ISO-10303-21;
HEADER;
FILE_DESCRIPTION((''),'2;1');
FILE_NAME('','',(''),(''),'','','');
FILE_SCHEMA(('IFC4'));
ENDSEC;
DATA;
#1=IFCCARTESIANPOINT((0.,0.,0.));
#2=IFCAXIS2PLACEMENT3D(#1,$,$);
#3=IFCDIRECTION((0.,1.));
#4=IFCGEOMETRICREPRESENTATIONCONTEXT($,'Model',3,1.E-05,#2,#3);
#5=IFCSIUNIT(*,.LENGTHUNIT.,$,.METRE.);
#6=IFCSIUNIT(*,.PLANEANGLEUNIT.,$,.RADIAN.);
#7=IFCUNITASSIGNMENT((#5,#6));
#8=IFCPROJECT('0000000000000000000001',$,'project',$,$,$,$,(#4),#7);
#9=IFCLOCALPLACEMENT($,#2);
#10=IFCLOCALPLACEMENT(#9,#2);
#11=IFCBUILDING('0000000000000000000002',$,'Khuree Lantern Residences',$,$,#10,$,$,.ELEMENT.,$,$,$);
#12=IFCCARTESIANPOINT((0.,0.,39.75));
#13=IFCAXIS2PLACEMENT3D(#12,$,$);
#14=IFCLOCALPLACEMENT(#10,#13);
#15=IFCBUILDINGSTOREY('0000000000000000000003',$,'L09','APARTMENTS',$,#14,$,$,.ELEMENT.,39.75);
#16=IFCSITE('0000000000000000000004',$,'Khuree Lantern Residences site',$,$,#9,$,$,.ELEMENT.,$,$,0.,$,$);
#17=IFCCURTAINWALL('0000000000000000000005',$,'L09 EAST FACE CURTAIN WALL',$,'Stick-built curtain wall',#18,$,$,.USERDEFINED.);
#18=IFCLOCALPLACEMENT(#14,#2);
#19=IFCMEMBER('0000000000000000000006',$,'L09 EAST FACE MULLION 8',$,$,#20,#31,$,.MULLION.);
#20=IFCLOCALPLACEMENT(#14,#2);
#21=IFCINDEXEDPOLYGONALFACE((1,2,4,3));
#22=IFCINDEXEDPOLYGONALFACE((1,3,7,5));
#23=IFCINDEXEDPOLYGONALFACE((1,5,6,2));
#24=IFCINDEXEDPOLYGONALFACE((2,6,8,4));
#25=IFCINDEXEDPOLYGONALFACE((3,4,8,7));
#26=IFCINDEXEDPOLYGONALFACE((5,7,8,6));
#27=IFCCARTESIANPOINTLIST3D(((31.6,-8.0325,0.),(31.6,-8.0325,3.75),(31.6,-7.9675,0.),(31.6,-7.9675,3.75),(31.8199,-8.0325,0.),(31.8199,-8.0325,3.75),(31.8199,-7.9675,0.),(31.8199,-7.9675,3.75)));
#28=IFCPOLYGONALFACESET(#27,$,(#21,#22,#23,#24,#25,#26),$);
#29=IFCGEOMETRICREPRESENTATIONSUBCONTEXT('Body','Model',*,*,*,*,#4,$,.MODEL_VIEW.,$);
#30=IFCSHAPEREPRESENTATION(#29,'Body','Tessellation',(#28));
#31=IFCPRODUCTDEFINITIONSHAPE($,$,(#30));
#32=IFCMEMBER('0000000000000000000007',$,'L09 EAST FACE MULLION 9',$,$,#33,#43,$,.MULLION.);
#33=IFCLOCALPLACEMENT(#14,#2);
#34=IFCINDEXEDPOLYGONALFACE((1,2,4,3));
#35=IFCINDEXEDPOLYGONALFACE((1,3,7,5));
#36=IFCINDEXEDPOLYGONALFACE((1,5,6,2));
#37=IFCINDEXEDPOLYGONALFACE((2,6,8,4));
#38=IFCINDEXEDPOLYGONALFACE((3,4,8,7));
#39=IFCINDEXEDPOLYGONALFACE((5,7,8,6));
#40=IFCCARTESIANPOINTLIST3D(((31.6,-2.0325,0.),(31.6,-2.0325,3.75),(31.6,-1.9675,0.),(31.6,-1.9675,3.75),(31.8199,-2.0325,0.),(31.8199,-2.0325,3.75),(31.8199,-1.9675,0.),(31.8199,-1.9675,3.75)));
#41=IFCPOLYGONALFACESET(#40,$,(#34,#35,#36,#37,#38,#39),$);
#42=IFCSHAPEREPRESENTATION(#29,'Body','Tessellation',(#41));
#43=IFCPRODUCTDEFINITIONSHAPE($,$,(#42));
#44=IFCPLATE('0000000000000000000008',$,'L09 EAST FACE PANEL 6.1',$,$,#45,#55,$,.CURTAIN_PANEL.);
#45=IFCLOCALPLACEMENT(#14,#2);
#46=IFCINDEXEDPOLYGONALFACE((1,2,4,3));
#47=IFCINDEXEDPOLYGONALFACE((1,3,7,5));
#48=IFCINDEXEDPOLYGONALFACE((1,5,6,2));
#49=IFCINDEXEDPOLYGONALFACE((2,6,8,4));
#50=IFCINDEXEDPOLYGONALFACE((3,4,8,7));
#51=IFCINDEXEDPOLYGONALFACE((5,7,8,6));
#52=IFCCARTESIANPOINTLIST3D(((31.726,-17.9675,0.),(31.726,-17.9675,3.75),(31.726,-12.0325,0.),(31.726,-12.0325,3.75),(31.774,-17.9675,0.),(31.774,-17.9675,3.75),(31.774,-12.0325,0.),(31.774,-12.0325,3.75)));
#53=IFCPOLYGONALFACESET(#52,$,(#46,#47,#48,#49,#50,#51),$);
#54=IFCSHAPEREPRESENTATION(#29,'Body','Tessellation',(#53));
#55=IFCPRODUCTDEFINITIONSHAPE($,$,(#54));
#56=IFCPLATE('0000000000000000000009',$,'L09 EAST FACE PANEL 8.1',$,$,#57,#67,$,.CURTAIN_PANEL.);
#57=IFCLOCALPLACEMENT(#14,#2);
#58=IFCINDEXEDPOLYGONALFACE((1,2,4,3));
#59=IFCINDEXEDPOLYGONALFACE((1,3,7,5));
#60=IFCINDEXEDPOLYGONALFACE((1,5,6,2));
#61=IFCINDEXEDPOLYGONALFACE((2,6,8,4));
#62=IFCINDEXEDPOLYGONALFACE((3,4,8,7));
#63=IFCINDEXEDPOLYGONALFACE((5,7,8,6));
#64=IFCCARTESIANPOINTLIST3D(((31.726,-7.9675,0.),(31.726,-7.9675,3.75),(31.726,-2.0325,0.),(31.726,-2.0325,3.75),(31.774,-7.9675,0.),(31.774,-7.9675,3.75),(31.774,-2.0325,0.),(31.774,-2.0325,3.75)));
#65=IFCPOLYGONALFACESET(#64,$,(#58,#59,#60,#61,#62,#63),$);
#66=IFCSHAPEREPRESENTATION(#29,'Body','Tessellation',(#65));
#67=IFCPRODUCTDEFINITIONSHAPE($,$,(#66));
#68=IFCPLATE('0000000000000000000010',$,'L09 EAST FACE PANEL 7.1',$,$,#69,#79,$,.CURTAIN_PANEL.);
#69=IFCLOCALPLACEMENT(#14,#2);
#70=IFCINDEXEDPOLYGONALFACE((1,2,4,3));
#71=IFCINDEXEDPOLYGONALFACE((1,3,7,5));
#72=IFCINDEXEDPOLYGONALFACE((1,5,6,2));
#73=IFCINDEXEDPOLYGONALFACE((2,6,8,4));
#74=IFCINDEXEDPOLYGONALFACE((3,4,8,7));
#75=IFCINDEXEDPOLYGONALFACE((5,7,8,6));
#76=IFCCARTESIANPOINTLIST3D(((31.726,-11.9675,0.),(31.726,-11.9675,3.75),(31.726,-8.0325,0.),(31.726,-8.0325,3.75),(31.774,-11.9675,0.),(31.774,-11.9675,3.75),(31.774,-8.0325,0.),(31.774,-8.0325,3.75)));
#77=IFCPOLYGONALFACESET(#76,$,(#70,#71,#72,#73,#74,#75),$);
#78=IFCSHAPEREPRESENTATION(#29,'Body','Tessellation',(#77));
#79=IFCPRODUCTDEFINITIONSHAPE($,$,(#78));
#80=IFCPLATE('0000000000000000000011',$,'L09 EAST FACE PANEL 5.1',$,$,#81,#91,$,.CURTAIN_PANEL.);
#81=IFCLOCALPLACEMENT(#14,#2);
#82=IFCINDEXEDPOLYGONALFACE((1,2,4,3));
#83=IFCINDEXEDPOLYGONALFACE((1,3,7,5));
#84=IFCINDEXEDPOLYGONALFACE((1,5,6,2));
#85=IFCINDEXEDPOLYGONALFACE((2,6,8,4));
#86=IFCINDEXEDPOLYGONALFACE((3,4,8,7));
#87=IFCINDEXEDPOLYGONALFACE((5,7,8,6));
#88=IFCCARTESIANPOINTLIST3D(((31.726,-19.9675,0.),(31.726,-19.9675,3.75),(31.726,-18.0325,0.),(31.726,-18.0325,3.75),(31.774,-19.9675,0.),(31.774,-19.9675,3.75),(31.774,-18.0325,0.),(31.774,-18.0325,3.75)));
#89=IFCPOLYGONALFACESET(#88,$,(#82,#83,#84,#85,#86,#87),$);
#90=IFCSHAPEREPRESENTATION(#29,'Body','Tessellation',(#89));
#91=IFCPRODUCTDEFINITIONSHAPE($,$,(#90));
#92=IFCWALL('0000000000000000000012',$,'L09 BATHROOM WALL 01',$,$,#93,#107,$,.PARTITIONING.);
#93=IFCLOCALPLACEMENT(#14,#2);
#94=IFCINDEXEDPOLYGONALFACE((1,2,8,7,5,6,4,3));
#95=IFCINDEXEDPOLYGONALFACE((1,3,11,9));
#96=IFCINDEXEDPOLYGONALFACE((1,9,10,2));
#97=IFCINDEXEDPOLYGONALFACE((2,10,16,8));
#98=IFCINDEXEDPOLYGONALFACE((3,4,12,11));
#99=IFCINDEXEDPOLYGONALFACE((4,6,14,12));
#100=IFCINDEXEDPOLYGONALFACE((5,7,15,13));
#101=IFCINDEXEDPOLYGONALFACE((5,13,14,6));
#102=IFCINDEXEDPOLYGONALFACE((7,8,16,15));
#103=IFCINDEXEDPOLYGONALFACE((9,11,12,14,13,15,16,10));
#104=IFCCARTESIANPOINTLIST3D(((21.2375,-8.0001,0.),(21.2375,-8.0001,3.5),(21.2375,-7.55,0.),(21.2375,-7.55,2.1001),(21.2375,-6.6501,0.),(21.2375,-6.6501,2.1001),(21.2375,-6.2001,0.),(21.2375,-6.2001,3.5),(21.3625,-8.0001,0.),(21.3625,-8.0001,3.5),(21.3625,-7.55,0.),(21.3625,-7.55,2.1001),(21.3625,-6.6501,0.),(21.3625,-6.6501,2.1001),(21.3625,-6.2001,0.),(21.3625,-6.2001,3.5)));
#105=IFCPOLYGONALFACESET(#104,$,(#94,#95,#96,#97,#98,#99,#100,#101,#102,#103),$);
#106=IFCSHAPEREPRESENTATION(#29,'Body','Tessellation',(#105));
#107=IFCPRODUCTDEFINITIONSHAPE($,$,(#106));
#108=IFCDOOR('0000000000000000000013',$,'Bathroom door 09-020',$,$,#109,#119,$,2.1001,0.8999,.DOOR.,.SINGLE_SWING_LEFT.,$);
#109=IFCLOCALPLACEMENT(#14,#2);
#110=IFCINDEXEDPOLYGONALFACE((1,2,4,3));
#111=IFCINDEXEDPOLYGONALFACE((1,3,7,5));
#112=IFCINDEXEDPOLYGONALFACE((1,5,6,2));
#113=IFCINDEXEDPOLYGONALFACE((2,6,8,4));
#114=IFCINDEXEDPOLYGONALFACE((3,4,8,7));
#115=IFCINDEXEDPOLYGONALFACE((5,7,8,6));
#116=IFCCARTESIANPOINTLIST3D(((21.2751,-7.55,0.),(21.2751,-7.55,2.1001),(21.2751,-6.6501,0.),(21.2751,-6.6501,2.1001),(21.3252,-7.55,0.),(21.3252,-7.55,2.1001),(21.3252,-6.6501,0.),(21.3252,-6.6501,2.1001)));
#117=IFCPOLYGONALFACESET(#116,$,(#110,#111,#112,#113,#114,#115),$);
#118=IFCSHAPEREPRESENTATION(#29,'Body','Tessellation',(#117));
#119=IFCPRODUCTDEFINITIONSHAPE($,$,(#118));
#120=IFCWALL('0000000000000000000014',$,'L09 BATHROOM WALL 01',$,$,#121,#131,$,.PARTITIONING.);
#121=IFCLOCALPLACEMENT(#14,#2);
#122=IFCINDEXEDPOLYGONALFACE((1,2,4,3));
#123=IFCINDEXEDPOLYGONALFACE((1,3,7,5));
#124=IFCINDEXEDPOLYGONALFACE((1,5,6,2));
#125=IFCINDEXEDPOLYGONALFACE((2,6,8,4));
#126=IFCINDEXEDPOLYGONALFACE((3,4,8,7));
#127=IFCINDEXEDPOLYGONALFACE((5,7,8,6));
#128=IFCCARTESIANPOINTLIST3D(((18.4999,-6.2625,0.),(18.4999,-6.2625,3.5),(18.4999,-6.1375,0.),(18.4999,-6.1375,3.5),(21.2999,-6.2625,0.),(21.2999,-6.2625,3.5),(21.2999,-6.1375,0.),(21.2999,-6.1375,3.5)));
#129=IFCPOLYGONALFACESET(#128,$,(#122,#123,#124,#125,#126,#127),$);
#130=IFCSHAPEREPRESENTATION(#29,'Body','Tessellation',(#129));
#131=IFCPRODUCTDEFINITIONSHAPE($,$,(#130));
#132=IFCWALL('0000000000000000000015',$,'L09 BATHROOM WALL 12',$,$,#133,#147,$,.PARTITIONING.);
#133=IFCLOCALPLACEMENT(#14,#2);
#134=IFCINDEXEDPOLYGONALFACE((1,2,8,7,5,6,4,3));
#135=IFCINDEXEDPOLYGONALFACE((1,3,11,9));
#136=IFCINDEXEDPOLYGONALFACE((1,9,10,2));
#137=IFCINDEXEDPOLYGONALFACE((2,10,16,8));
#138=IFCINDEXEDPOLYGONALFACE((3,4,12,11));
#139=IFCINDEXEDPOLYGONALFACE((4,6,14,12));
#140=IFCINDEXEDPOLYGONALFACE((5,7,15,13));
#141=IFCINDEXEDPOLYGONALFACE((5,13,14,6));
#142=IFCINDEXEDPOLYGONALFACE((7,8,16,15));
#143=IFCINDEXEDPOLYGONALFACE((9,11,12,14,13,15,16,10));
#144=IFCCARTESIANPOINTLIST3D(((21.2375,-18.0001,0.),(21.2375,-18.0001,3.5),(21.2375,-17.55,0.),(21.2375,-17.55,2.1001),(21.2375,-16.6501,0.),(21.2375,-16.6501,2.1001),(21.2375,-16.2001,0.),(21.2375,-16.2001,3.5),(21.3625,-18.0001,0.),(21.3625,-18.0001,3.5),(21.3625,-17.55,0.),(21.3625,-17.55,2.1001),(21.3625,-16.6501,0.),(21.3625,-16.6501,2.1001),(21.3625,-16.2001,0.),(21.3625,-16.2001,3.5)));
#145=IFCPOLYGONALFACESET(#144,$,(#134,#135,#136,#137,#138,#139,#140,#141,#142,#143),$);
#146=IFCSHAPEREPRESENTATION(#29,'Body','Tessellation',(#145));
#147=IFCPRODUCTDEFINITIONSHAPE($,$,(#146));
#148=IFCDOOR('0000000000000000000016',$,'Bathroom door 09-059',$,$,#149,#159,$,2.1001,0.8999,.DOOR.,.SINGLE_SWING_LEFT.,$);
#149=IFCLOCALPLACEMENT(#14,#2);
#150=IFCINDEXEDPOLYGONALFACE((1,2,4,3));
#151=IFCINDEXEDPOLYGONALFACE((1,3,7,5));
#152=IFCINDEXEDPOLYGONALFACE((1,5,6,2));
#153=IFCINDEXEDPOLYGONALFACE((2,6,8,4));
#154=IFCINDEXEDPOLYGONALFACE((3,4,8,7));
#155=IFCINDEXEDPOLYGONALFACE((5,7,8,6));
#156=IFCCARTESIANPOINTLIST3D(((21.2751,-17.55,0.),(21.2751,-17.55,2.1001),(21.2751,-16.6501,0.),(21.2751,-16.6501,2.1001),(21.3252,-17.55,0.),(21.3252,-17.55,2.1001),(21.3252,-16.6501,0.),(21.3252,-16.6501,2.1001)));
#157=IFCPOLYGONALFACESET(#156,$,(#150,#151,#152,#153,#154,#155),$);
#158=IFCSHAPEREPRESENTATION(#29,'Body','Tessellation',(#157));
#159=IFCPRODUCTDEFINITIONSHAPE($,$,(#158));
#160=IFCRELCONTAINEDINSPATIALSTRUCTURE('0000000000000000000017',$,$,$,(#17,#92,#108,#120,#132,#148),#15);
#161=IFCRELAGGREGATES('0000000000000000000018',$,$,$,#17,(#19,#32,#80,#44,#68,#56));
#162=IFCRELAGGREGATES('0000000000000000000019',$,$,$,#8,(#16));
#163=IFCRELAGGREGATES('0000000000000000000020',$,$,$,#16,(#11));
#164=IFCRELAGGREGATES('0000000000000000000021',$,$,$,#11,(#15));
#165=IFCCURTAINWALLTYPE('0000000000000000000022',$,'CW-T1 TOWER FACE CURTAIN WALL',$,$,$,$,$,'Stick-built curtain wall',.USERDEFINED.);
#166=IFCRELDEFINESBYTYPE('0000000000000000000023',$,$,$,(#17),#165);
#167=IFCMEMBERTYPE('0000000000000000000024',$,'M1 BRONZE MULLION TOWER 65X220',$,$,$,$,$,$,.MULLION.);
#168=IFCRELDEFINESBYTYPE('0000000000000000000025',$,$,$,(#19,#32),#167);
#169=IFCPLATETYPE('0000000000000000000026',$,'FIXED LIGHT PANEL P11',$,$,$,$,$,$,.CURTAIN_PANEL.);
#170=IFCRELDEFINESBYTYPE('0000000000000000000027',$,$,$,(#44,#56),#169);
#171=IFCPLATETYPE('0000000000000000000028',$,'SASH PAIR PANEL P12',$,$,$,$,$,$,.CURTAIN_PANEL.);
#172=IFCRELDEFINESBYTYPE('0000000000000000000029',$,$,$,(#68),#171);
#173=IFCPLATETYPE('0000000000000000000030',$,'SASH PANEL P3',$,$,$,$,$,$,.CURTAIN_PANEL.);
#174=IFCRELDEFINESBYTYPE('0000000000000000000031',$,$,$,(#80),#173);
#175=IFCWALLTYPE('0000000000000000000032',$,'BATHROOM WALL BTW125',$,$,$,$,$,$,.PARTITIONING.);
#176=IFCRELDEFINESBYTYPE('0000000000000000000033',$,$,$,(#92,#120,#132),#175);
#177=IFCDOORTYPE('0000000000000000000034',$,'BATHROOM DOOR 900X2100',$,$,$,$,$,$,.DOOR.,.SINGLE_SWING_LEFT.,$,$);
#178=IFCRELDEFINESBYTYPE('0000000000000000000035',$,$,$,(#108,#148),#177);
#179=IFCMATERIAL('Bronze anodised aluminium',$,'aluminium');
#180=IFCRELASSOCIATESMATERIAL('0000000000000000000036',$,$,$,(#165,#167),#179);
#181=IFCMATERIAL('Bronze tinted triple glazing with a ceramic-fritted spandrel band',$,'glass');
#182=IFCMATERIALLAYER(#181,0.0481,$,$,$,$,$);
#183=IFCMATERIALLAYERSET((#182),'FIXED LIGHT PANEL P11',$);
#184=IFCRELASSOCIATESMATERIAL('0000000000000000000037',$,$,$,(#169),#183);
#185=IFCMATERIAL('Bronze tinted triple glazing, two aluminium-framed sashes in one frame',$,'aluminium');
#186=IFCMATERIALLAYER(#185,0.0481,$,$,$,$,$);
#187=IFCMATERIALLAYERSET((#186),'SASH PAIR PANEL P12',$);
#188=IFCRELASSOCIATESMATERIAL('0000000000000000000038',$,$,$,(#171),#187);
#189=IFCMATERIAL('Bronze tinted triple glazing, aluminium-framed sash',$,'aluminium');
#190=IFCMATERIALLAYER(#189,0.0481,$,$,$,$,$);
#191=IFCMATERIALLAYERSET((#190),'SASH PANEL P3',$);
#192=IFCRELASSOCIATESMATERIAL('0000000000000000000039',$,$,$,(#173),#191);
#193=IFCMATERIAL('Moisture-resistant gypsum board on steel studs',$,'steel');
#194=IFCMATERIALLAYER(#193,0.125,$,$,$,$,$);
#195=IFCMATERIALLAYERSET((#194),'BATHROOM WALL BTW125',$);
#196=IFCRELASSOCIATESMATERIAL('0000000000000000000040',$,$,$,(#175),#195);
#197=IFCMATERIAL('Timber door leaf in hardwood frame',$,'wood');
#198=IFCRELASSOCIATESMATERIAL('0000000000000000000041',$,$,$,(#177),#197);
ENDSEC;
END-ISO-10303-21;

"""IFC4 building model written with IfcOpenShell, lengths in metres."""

from ifc_helpers import new_model, si_unit, direction, frame, frame_2d, origin, origin_2d, place, context, subcontext, project, spatial, rectangle, extrude, material, layer, layer_set, material_profile, profile_set, type_object, element, fill, aggregate, save


model = new_model("IFC4")

# Units and contexts
model_context = context("Model", 3, precision=1e-05, world=origin(), true_north=direction((0.0, 1.0)))
body_context = subcontext(model_context, "Body", "Model", "MODEL_VIEW")
ifc_project = project(units=[si_unit("LENGTHUNIT", "METRE"), si_unit("PLANEANGLEUNIT", "RADIAN")], contexts=[model_context])

# Site, building, storey
site_placement = place(None, origin())
site = spatial("IfcSite", under=ifc_project, at=site_placement, Name="Khuree Lantern Residences site", CompositionType="ELEMENT", RefElevation=0.0)
building_placement = place(site_placement, origin())
building = spatial("IfcBuilding", under=site, at=building_placement, Name="Khuree Lantern Residences", CompositionType="ELEMENT")
storey_placement = place(building_placement, frame((0.0, 0.0, 39.75)))
storey = spatial("IfcBuildingStorey", under=building, at=storey_placement, Name="L09", Description="APARTMENTS", CompositionType="ELEMENT", Elevation=39.75)

# Curtain wall
ifc_material_1 = material(Name="Bronze anodised aluminium", Category="aluminium")
curtain_wall_type = type_object("IfcCurtainWallType", Name="CW-T1 TOWER FACE CURTAIN WALL", ElementType="Stick-built curtain wall", PredefinedType="USERDEFINED", material=ifc_material_1)
curtain_wall_placement = place(storey_placement, origin())
curtain_wall = element("IfcCurtainWall", 1, at=curtain_wall_placement, inside=storey, type_object=curtain_wall_type, Name="L09 EAST FACE CURTAIN WALL", ObjectType="Stick-built curtain wall", PredefinedType="USERDEFINED")

# Members
ifc_material_profile_1 = material_profile(ifc_material_1, rectangle(XDim=0.0649, YDim=0.22, at=origin_2d()), Name="M1 65X220")
ifc_profile_set_1 = profile_set([ifc_material_profile_1], Name="Bronze anodised aluminium")
member_type_1 = type_object("IfcMemberType", Name="M1 BRONZE MULLION TOWER 65X220", PredefinedType="MULLION", material=ifc_profile_set_1)
member_1_placement = place(storey_placement, frame((31.71, -8.0, 0.0), z_axis=(0.0, 0.0, 1.0), x_axis=(0.0, 1.0, 0.0)))
member_1 = element("IfcMember", 2, at=member_1_placement, type_object=member_type_1, Name="L09 EAST FACE MULLION 8", PredefinedType="MULLION", context=body_context, shape_type="SweptSolid", body=[
    extrude(rectangle(XDim=0.0649, YDim=0.22, at=origin_2d()), origin(), (0.0, 0.0, 1.0), 3.75),
])
member_2_placement = place(storey_placement, frame((31.71, -2.0, 0.0), z_axis=(0.0, 0.0, 1.0), x_axis=(0.0, 1.0, 0.0)))
member_2 = element("IfcMember", 3, at=member_2_placement, type_object=member_type_1, Name="L09 EAST FACE MULLION 9", PredefinedType="MULLION", context=body_context, shape_type="SweptSolid", body=[
    extrude(rectangle(XDim=0.0649, YDim=0.22, at=origin_2d()), origin(), (0.0, 0.0, 1.0), 3.75),
])

# Plates
ifc_material_2 = material(Name="Bronze tinted triple glazing with a ceramic-fritted spandrel band", Category="glass")
ifc_layer_1 = layer(ifc_material_2, 0.0481)
ifc_layer_set_1 = layer_set([ifc_layer_1], Name="FIXED LIGHT PANEL P11")
plate_type_1 = type_object("IfcPlateType", Name="FIXED LIGHT PANEL P11", PredefinedType="CURTAIN_PANEL", material=ifc_layer_set_1)
plate_1_placement = place(storey_placement, frame((31.75, -15.0, 0.0), z_axis=(0.0, 0.0, 1.0), x_axis=(0.0, 1.0, 0.0)))
plate_1 = element("IfcPlate", 4, at=plate_1_placement, type_object=plate_type_1, Name="L09 EAST FACE PANEL 6.1", PredefinedType="CURTAIN_PANEL", context=body_context, shape_type="SweptSolid", body=[
    extrude(rectangle(XDim=5.9351, YDim=0.0481, at=origin_2d()), origin(), (0.0, 0.0, 1.0), 3.75),
])
plate_2_placement = place(storey_placement, frame((31.75, -5.0, 0.0), z_axis=(0.0, 0.0, 1.0), x_axis=(0.0, 1.0, 0.0)))
plate_2 = element("IfcPlate", 5, at=plate_2_placement, type_object=plate_type_1, Name="L09 EAST FACE PANEL 8.1", PredefinedType="CURTAIN_PANEL", context=body_context, shape_type="SweptSolid", body=[
    extrude(rectangle(XDim=5.9351, YDim=0.0481, at=origin_2d()), origin(), (0.0, 0.0, 1.0), 3.75),
])
ifc_material_3 = material(Name="Bronze tinted triple glazing, two aluminium-framed sashes in one frame", Category="aluminium")
ifc_layer_2 = layer(ifc_material_3, 0.0481)
ifc_layer_set_2 = layer_set([ifc_layer_2], Name="SASH PAIR PANEL P12")
plate_type_2 = type_object("IfcPlateType", Name="SASH PAIR PANEL P12", PredefinedType="CURTAIN_PANEL", material=ifc_layer_set_2)
plate_3_placement = place(storey_placement, frame((31.75, -10.0, 0.0), z_axis=(0.0, 0.0, 1.0), x_axis=(0.0, 1.0, 0.0)))
plate_3 = element("IfcPlate", 6, at=plate_3_placement, type_object=plate_type_2, Name="L09 EAST FACE PANEL 7.1", PredefinedType="CURTAIN_PANEL", context=body_context, shape_type="SweptSolid", body=[
    extrude(rectangle(XDim=3.9351, YDim=0.0481, at=origin_2d()), origin(), (0.0, 0.0, 1.0), 3.75),
])
ifc_material_4 = material(Name="Bronze tinted triple glazing, aluminium-framed sash", Category="aluminium")
ifc_layer_3 = layer(ifc_material_4, 0.0481)
ifc_layer_set_3 = layer_set([ifc_layer_3], Name="SASH PANEL P3")
plate_type_3 = type_object("IfcPlateType", Name="SASH PANEL P3", PredefinedType="CURTAIN_PANEL", material=ifc_layer_set_3)
plate_4_placement = place(storey_placement, frame((31.75, -19.0, 0.0), z_axis=(0.0, 0.0, 1.0), x_axis=(0.0, 1.0, 0.0)))
plate_4 = element("IfcPlate", 7, at=plate_4_placement, type_object=plate_type_3, Name="L09 EAST FACE PANEL 5.1", PredefinedType="CURTAIN_PANEL", context=body_context, shape_type="SweptSolid", body=[
    extrude(rectangle(XDim=1.9351, YDim=0.0481, at=origin_2d()), origin(), (0.0, 0.0, 1.0), 3.75),
])
aggregate(curtain_wall, [member_1, member_2, plate_4, plate_1, plate_3, plate_2])

# Wall, opening, door
ifc_material_5 = material(Name="Moisture-resistant gypsum board on steel studs", Category="steel")
ifc_layer_4 = layer(ifc_material_5, 0.125)
ifc_layer_set_4 = layer_set([ifc_layer_4], Name="BATHROOM WALL BTW125")
wall_type_1 = type_object("IfcWallType", Name="BATHROOM WALL BTW125", PredefinedType="PARTITIONING", material=ifc_layer_set_4)
wall_1_placement = place(storey_placement, frame((21.3, -8.0, 0.0), z_axis=(0.0, 0.0, 1.0), x_axis=(0.0, 1.0, 0.0)))
wall_1 = element("IfcWall", 8, at=wall_1_placement, inside=storey, type_object=wall_type_1, Name="L09 BATHROOM WALL 01", PredefinedType="PARTITIONING", context=body_context, shape_type="SweptSolid", body=[
    extrude(rectangle(XDim=1.8, YDim=0.125, at=frame_2d((0.8999, 0.0))), origin(), (0.0, 0.0, 1.0), 3.5),
])
opening_1_placement = place(wall_1_placement, frame((0.45, 0.0, 0.0)))
opening_1 = element("IfcOpeningElement", 9, at=opening_1_placement, cuts=wall_1, PredefinedType="OPENING", context=body_context, shape_type="SweptSolid", body=[
    extrude(rectangle(XDim=0.8999, YDim=2.1001, at=frame_2d((0.45, 1.05))), frame((0.0, 0.0725, 0.0), z_axis=(0.0, -1.0, 0.0), x_axis=(1.0, 0.0, 0.0)), (0.0, 0.0, 1.0), 0.145),
])
ifc_material_6 = material(Name="Timber door leaf in hardwood frame", Category="wood")
door_type_1 = type_object("IfcDoorType", Name="BATHROOM DOOR 900X2100", OperationType="SINGLE_SWING_LEFT", PredefinedType="DOOR", material=ifc_material_6)
door_1_placement = place(opening_1_placement, origin())
door_1 = element("IfcDoor", 10, at=door_1_placement, inside=storey, type_object=door_type_1, Name="Bathroom door 09-020", OperationType="SINGLE_SWING_LEFT", OverallHeight=2.1001, OverallWidth=0.8999, PredefinedType="DOOR", context=body_context, shape_type="SweptSolid", body=[
    extrude(rectangle(XDim=0.8999, YDim=2.1001, at=frame_2d((0.45, 1.05))), frame((0.0, 0.0249, 0.0), z_axis=(0.0, -1.0, 0.0), x_axis=(1.0, 0.0, 0.0)), (0.0, 0.0, 1.0), 0.05),
])
fill(opening_1, door_1)

# Wall
wall_2_placement = place(storey_placement, frame((18.5, -6.2, 0.0), z_axis=(0.0, 0.0, 1.0), x_axis=(1.0, 0.0, 0.0)))
element("IfcWall", 11, at=wall_2_placement, inside=storey, type_object=wall_type_1, Name="L09 BATHROOM WALL 01", PredefinedType="PARTITIONING", context=body_context, shape_type="SweptSolid", body=[
    extrude(rectangle(XDim=2.8, YDim=0.125, at=frame_2d((1.3999, 0.0))), origin(), (0.0, 0.0, 1.0), 3.5),
])

# Wall, opening, door
wall_3_placement = place(storey_placement, frame((21.3, -18.0, 0.0), z_axis=(0.0, 0.0, 1.0), x_axis=(0.0, 1.0, 0.0)))
wall_3 = element("IfcWall", 12, at=wall_3_placement, inside=storey, type_object=wall_type_1, Name="L09 BATHROOM WALL 12", PredefinedType="PARTITIONING", context=body_context, shape_type="SweptSolid", body=[
    extrude(rectangle(XDim=1.8, YDim=0.125, at=frame_2d((0.8999, 0.0))), origin(), (0.0, 0.0, 1.0), 3.5),
])
opening_2_placement = place(wall_3_placement, frame((0.45, 0.0, 0.0)))
opening_2 = element("IfcOpeningElement", 13, at=opening_2_placement, cuts=wall_3, PredefinedType="OPENING", context=body_context, shape_type="SweptSolid", body=[
    extrude(rectangle(XDim=0.8999, YDim=2.1001, at=frame_2d((0.45, 1.05))), frame((0.0, 0.0725, 0.0), z_axis=(0.0, -1.0, 0.0), x_axis=(1.0, 0.0, 0.0)), (0.0, 0.0, 1.0), 0.145),
])
door_2_placement = place(opening_2_placement, origin())
door_2 = element("IfcDoor", 14, at=door_2_placement, inside=storey, type_object=door_type_1, Name="Bathroom door 09-059", OperationType="SINGLE_SWING_LEFT", OverallHeight=2.1001, OverallWidth=0.8999, PredefinedType="DOOR", context=body_context, shape_type="SweptSolid", body=[
    extrude(rectangle(XDim=0.8999, YDim=2.1001, at=frame_2d((0.45, 1.05))), frame((0.0, 0.0249, 0.0), z_axis=(0.0, -1.0, 0.0), x_axis=(1.0, 0.0, 0.0)), (0.0, 0.0, 1.0), 0.05),
])
fill(opening_2, door_2)

save(model, "model.ifc")
